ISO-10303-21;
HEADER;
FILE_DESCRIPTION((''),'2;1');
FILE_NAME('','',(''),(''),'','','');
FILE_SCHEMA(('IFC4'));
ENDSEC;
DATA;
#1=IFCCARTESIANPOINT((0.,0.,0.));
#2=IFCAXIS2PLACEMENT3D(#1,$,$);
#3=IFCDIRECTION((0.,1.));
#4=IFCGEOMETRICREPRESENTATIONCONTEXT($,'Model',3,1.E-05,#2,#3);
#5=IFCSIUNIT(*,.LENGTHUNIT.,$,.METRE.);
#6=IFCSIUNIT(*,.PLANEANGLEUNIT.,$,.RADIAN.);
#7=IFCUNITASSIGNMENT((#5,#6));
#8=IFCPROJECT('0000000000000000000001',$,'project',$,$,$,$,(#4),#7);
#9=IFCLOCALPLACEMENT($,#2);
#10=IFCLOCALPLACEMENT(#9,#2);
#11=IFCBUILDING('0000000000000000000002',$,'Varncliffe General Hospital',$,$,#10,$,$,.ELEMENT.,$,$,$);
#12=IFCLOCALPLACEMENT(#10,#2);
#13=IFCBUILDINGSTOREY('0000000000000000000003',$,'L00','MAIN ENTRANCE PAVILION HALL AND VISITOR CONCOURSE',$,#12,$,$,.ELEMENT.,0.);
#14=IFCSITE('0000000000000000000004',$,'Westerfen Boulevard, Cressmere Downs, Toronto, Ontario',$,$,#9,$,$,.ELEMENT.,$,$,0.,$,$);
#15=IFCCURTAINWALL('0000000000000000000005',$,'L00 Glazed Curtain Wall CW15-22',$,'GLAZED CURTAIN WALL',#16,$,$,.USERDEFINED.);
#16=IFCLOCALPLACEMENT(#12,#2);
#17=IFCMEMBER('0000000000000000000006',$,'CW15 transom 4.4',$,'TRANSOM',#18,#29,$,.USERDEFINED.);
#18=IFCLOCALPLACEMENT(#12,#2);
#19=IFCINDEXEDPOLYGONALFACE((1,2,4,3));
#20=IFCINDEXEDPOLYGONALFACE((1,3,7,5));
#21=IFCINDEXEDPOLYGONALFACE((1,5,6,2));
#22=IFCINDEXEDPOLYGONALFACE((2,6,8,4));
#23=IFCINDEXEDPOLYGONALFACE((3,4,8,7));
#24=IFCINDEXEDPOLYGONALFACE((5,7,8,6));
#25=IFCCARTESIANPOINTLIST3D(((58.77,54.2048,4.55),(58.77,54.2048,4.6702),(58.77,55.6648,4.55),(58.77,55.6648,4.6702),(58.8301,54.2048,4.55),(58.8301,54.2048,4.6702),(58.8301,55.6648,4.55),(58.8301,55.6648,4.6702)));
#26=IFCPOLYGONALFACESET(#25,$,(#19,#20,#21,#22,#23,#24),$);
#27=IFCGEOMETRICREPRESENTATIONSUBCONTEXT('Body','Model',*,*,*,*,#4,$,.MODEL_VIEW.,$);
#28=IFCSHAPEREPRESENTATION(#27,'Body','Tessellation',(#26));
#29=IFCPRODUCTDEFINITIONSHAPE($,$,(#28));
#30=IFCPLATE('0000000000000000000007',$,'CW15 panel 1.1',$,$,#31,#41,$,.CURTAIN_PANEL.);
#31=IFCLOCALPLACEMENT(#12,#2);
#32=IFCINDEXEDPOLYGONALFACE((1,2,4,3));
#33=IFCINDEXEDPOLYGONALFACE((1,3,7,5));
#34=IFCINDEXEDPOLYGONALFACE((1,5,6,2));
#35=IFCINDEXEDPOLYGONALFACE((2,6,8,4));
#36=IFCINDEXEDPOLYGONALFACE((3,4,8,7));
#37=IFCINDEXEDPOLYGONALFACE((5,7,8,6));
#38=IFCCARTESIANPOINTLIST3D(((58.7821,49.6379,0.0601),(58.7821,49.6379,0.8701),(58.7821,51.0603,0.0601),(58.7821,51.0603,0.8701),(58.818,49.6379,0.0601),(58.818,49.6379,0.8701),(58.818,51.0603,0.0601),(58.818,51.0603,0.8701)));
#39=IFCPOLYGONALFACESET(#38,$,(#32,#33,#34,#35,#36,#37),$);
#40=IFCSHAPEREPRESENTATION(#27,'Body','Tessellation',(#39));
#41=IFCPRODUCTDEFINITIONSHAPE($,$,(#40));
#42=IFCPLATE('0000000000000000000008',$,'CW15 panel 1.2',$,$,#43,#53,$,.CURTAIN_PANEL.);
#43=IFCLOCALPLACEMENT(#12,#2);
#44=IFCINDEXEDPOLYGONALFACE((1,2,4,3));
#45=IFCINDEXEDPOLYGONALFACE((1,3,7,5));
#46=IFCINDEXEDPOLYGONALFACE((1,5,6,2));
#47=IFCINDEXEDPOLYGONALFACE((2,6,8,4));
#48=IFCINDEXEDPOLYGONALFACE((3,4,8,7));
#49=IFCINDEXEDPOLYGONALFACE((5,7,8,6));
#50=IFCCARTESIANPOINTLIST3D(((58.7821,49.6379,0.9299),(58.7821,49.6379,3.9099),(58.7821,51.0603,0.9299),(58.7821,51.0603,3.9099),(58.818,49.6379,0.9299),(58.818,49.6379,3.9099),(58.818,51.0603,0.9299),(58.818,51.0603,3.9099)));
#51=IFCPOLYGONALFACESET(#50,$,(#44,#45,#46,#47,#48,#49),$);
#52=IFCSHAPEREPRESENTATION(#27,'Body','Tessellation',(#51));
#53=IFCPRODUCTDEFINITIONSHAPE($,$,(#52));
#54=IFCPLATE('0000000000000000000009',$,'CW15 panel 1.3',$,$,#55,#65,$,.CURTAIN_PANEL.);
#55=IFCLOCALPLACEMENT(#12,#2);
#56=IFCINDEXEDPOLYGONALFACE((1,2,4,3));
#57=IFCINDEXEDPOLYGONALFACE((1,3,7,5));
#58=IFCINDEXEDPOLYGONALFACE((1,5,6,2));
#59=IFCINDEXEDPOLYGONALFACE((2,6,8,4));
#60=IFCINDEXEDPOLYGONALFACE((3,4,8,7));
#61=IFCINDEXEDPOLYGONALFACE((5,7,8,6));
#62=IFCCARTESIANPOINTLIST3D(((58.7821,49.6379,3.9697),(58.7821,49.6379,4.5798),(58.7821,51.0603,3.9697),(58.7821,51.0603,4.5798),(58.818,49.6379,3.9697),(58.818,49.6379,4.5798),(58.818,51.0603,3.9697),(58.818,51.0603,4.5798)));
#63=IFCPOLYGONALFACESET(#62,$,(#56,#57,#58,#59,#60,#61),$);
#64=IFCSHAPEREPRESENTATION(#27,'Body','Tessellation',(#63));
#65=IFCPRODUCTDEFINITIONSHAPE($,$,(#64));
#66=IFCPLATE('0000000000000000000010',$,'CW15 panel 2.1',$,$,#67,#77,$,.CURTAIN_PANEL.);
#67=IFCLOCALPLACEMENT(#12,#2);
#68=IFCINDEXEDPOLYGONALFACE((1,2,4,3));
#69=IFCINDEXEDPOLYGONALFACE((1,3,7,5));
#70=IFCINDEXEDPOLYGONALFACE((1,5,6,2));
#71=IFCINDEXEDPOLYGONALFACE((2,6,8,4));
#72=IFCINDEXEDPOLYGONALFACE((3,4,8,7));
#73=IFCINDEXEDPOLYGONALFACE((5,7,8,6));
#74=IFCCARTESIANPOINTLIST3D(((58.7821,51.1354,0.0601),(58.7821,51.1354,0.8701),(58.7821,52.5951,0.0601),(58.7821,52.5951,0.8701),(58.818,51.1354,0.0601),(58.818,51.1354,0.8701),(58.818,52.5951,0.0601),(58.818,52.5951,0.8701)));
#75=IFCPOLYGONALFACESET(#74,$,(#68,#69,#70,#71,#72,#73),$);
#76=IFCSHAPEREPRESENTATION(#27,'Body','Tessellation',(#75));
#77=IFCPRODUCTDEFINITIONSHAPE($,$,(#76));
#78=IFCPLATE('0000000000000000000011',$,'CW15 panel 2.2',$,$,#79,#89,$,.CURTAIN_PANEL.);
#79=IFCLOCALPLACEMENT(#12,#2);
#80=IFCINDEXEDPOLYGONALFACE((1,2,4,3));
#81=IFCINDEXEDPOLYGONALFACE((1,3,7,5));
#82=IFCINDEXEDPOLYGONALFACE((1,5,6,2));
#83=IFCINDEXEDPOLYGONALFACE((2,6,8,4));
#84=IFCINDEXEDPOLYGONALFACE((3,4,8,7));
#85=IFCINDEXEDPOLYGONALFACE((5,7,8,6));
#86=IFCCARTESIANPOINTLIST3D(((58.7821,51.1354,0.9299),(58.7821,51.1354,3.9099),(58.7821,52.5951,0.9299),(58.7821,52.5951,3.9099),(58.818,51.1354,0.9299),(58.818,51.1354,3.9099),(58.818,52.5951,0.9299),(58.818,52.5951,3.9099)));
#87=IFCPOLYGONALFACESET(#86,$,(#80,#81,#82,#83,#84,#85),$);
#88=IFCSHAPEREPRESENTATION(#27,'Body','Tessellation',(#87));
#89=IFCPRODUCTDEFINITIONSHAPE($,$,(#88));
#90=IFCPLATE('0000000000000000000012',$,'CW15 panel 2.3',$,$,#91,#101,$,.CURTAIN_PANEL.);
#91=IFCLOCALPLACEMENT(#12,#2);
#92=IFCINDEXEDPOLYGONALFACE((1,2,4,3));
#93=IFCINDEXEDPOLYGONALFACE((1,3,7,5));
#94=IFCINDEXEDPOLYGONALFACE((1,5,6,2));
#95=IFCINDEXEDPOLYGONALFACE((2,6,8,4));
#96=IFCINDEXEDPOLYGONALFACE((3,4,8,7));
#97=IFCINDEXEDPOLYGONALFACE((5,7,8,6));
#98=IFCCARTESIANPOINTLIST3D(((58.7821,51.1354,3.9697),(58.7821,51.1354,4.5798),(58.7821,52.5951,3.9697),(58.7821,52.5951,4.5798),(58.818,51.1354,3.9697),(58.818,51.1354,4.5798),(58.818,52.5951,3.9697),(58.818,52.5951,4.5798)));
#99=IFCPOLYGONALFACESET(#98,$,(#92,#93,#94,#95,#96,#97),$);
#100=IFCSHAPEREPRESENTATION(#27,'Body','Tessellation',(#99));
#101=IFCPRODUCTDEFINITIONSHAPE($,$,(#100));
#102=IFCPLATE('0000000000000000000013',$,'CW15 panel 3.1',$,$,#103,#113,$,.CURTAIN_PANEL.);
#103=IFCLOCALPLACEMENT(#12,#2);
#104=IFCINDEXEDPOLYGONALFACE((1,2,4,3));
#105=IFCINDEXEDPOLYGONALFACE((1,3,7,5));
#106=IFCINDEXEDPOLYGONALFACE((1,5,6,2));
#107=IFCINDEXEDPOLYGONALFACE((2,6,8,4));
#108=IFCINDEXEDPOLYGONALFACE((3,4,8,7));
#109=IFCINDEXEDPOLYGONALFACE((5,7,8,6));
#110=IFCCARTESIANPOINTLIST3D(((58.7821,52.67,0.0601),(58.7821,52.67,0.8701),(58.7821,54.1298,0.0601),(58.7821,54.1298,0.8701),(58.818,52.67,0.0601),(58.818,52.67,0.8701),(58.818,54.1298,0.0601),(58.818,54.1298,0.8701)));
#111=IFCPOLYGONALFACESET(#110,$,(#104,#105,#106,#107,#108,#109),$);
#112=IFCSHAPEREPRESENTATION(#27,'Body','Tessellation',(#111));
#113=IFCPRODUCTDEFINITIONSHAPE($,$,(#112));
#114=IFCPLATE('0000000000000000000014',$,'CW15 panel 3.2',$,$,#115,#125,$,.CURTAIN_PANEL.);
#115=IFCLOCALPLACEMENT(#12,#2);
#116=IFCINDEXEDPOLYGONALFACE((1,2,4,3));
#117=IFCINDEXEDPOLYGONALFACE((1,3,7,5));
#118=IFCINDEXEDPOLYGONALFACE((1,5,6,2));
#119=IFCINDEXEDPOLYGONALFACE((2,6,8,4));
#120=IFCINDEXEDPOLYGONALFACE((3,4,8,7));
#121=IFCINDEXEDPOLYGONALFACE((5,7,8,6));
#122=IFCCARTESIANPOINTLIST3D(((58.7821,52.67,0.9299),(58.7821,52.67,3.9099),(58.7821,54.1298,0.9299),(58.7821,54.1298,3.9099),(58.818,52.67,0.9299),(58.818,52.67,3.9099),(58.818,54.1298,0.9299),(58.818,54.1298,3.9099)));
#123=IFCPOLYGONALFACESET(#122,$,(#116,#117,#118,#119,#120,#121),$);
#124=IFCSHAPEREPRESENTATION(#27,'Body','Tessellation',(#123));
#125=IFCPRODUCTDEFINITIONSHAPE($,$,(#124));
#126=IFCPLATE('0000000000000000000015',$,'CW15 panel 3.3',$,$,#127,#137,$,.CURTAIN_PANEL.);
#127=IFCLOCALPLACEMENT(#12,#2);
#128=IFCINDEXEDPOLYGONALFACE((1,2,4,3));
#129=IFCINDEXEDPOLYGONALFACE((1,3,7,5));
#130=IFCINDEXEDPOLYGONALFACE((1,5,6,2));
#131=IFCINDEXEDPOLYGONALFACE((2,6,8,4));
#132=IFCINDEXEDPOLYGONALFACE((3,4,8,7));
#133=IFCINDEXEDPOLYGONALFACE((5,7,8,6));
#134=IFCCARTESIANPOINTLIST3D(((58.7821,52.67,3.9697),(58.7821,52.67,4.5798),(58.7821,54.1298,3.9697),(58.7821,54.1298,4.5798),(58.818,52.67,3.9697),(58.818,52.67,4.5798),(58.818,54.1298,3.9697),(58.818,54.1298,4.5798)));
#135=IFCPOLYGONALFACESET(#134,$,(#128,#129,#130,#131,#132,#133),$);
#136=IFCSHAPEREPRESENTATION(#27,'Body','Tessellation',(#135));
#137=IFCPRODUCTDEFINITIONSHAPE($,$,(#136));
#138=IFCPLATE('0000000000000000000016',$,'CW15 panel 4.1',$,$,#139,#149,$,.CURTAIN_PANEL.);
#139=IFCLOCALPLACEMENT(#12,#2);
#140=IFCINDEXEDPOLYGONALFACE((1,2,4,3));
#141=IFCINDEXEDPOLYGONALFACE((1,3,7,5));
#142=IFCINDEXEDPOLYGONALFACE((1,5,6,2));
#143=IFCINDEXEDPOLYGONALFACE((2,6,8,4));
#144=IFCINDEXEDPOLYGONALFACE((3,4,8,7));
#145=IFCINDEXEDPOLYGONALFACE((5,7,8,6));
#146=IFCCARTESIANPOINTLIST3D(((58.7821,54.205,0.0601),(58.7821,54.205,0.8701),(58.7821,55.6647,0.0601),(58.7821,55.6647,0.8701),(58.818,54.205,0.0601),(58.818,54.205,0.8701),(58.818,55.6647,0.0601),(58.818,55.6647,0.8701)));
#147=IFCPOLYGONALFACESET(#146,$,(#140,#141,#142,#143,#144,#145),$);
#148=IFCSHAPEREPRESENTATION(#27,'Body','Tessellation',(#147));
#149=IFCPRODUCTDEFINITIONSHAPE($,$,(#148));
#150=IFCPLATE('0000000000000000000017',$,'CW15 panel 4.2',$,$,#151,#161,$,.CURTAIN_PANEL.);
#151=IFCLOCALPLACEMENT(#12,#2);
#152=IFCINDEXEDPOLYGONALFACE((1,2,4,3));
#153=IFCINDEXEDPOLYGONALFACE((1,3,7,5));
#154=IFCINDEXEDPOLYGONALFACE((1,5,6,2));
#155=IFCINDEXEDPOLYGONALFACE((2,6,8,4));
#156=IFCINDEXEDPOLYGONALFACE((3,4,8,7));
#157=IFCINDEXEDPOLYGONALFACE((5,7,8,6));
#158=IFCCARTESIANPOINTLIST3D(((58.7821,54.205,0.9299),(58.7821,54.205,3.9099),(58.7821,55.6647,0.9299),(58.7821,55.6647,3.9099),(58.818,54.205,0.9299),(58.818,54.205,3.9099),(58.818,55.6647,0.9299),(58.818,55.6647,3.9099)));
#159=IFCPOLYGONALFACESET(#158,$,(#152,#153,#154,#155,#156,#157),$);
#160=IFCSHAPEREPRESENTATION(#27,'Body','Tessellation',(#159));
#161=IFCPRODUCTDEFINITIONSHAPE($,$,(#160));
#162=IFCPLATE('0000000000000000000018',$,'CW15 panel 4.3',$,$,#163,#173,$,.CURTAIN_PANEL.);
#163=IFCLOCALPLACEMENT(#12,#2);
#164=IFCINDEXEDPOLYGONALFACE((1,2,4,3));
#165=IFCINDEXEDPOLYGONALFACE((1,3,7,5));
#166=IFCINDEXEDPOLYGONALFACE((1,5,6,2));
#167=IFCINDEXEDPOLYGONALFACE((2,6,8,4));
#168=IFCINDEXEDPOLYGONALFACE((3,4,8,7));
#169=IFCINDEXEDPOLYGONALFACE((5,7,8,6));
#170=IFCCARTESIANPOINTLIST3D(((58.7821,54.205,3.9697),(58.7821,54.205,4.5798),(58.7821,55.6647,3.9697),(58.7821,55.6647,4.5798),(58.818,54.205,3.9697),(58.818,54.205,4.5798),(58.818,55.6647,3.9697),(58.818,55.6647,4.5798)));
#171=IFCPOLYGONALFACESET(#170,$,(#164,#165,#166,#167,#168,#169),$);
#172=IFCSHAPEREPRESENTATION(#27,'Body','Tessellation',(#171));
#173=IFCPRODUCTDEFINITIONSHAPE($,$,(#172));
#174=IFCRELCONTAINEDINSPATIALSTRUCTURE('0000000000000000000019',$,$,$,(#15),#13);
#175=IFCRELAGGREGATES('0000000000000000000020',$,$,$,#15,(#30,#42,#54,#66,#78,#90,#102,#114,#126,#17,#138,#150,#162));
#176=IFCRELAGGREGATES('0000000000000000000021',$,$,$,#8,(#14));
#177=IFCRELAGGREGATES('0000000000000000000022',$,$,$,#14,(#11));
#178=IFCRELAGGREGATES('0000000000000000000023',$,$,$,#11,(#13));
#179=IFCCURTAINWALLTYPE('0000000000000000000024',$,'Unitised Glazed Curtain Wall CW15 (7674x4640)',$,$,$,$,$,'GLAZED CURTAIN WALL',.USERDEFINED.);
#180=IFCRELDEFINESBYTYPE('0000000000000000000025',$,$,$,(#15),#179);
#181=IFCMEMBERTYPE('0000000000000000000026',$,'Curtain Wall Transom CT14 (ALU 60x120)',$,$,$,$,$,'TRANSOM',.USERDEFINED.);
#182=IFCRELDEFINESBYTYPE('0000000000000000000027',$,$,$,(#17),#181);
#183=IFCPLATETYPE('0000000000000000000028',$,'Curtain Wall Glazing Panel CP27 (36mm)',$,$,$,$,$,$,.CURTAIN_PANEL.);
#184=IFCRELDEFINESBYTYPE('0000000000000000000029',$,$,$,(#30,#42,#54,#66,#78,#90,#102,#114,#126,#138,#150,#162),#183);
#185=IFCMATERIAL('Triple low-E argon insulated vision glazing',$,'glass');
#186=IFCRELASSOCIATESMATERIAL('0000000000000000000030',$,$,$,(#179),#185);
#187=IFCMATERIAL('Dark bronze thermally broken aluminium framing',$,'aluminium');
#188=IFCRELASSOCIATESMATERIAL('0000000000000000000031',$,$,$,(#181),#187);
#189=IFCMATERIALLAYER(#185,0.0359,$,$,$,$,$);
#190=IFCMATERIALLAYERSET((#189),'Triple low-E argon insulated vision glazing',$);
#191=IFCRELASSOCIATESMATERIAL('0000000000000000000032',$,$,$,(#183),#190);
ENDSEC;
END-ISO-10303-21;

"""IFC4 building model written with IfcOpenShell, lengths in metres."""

from ifc_helpers import new_model, si_unit, direction, frame, origin, origin_2d, place, context, subcontext, project, spatial, rectangle, extrude, material, layer, layer_set, material_profile, profile_set, type_object, element, aggregate, save


model = new_model("IFC4")

# Units and contexts
model_context = context("Model", 3, precision=1e-05, world=origin(), true_north=direction((0.0, 1.0)))
body_context = subcontext(model_context, "Body", "Model", "MODEL_VIEW")
ifc_project = project(units=[si_unit("LENGTHUNIT", "METRE"), si_unit("PLANEANGLEUNIT", "RADIAN")], contexts=[model_context])

# Site, building, storey
site_placement = place(None, origin())
site = spatial("IfcSite", under=ifc_project, at=site_placement, Name="Westerfen Boulevard, Cressmere Downs, Toronto, Ontario", CompositionType="ELEMENT", RefElevation=0.0)
building_placement = place(site_placement, origin())
building = spatial("IfcBuilding", under=site, at=building_placement, Name="Varncliffe General Hospital", CompositionType="ELEMENT")
storey_placement = place(building_placement, origin())
storey = spatial("IfcBuildingStorey", under=building, at=storey_placement, Name="L00", Description="MAIN ENTRANCE PAVILION HALL AND VISITOR CONCOURSE", CompositionType="ELEMENT", Elevation=0.0)

# Curtain wall, member, plates
ifc_material_1 = material(Name="Triple low-E argon insulated vision glazing", Category="glass")
curtain_wall_type = type_object("IfcCurtainWallType", Name="Unitised Glazed Curtain Wall CW15 (7674x4640)", ElementType="GLAZED CURTAIN WALL", PredefinedType="USERDEFINED", material=ifc_material_1)
curtain_wall_placement = place(storey_placement, origin())
curtain_wall = element("IfcCurtainWall", 1, at=curtain_wall_placement, inside=storey, type_object=curtain_wall_type, Name="L00 Glazed Curtain Wall CW15-22", ObjectType="GLAZED CURTAIN WALL", PredefinedType="USERDEFINED")
ifc_material_2 = material(Name="Dark bronze thermally broken aluminium framing", Category="aluminium")
ifc_material_profile_1 = material_profile(ifc_material_2, rectangle(XDim=0.0601, YDim=0.1201, at=origin_2d()), Name="ALU 60x120")
ifc_profile_set_1 = profile_set([ifc_material_profile_1], Name="Dark bronze thermally broken aluminium framing")
member_type_1 = type_object("IfcMemberType", Name="Curtain Wall Transom CT14 (ALU 60x120)", ElementType="TRANSOM", PredefinedType="USERDEFINED", material=ifc_profile_set_1)
member_1_placement = place(storey_placement, frame((58.8, 54.2048, 4.6101), z_axis=(0.0, 1.0, 0.0), x_axis=(-1.0, 0.0, 0.0)))
member_1 = element("IfcMember", 2, at=member_1_placement, type_object=member_type_1, Name="CW15 transom 4.4", ObjectType="TRANSOM", PredefinedType="USERDEFINED", context=body_context, shape_type="SweptSolid", body=[
    extrude(rectangle(XDim=0.0601, YDim=0.1201, at=origin_2d()), origin(), (0.0, 0.0, 1.0), 1.46),
])
ifc_layer = layer(ifc_material_1, 0.0359)
ifc_layer_set = layer_set([ifc_layer], Name="Triple low-E argon insulated vision glazing")
plate_type = type_object("IfcPlateType", Name="Curtain Wall Glazing Panel CP27 (36mm)", PredefinedType="CURTAIN_PANEL", material=ifc_layer_set)
plate_1_placement = place(storey_placement, frame((58.8, 50.3491, 0.0601), z_axis=(0.0, 0.0, 1.0), x_axis=(0.0, 1.0, 0.0)))
plate_1 = element("IfcPlate", 3, at=plate_1_placement, type_object=plate_type, Name="CW15 panel 1.1", PredefinedType="CURTAIN_PANEL", context=body_context, shape_type="SweptSolid", body=[
    extrude(rectangle(XDim=1.4224, YDim=0.0359, at=origin_2d()), origin(), (0.0, 0.0, 1.0), 0.8101),
])
plate_2_placement = place(storey_placement, frame((58.8, 50.3491, 0.9299), z_axis=(0.0, 0.0, 1.0), x_axis=(0.0, 1.0, 0.0)))
plate_2 = element("IfcPlate", 4, at=plate_2_placement, type_object=plate_type, Name="CW15 panel 1.2", PredefinedType="CURTAIN_PANEL", context=body_context, shape_type="SweptSolid", body=[
    extrude(rectangle(XDim=1.4224, YDim=0.0359, at=origin_2d()), origin(), (0.0, 0.0, 1.0), 2.98),
])
plate_3_placement = place(storey_placement, frame((58.8, 50.3491, 3.9697), z_axis=(0.0, 0.0, 1.0), x_axis=(0.0, 1.0, 0.0)))
plate_3 = element("IfcPlate", 5, at=plate_3_placement, type_object=plate_type, Name="CW15 panel 1.3", PredefinedType="CURTAIN_PANEL", context=body_context, shape_type="SweptSolid", body=[
    extrude(rectangle(XDim=1.4224, YDim=0.0359, at=origin_2d()), origin(), (0.0, 0.0, 1.0), 0.6101),
])
plate_4_placement = place(storey_placement, frame((58.8, 51.8652, 0.0601), z_axis=(0.0, 0.0, 1.0), x_axis=(0.0, 1.0, 0.0)))
plate_4 = element("IfcPlate", 6, at=plate_4_placement, type_object=plate_type, Name="CW15 panel 2.1", PredefinedType="CURTAIN_PANEL", context=body_context, shape_type="SweptSolid", body=[
    extrude(rectangle(XDim=1.4597, YDim=0.0359, at=origin_2d()), origin(), (0.0, 0.0, 1.0), 0.8101),
])
plate_5_placement = place(storey_placement, frame((58.8, 51.8652, 0.9299), z_axis=(0.0, 0.0, 1.0), x_axis=(0.0, 1.0, 0.0)))
plate_5 = element("IfcPlate", 7, at=plate_5_placement, type_object=plate_type, Name="CW15 panel 2.2", PredefinedType="CURTAIN_PANEL", context=body_context, shape_type="SweptSolid", body=[
    extrude(rectangle(XDim=1.4597, YDim=0.0359, at=origin_2d()), origin(), (0.0, 0.0, 1.0), 2.98),
])
plate_6_placement = place(storey_placement, frame((58.8, 51.8652, 3.9697), z_axis=(0.0, 0.0, 1.0), x_axis=(0.0, 1.0, 0.0)))
plate_6 = element("IfcPlate", 8, at=plate_6_placement, type_object=plate_type, Name="CW15 panel 2.3", PredefinedType="CURTAIN_PANEL", context=body_context, shape_type="SweptSolid", body=[
    extrude(rectangle(XDim=1.4597, YDim=0.0359, at=origin_2d()), origin(), (0.0, 0.0, 1.0), 0.6101),
])
plate_7_placement = place(storey_placement, frame((58.8, 53.3999, 0.0601), z_axis=(0.0, 0.0, 1.0), x_axis=(0.0, 1.0, 0.0)))
plate_7 = element("IfcPlate", 9, at=plate_7_placement, type_object=plate_type, Name="CW15 panel 3.1", PredefinedType="CURTAIN_PANEL", context=body_context, shape_type="SweptSolid", body=[
    extrude(rectangle(XDim=1.4597, YDim=0.0359, at=origin_2d()), origin(), (0.0, 0.0, 1.0), 0.8101),
])
plate_8_placement = place(storey_placement, frame((58.8, 53.3999, 0.9299), z_axis=(0.0, 0.0, 1.0), x_axis=(0.0, 1.0, 0.0)))
plate_8 = element("IfcPlate", 10, at=plate_8_placement, type_object=plate_type, Name="CW15 panel 3.2", PredefinedType="CURTAIN_PANEL", context=body_context, shape_type="SweptSolid", body=[
    extrude(rectangle(XDim=1.4597, YDim=0.0359, at=origin_2d()), origin(), (0.0, 0.0, 1.0), 2.98),
])
plate_9_placement = place(storey_placement, frame((58.8, 53.3999, 3.9697), z_axis=(0.0, 0.0, 1.0), x_axis=(0.0, 1.0, 0.0)))
plate_9 = element("IfcPlate", 11, at=plate_9_placement, type_object=plate_type, Name="CW15 panel 3.3", PredefinedType="CURTAIN_PANEL", context=body_context, shape_type="SweptSolid", body=[
    extrude(rectangle(XDim=1.4597, YDim=0.0359, at=origin_2d()), origin(), (0.0, 0.0, 1.0), 0.6101),
])
plate_10_placement = place(storey_placement, frame((58.8, 54.9348, 0.0601), z_axis=(0.0, 0.0, 1.0), x_axis=(0.0, 1.0, 0.0)))
plate_10 = element("IfcPlate", 12, at=plate_10_placement, type_object=plate_type, Name="CW15 panel 4.1", PredefinedType="CURTAIN_PANEL", context=body_context, shape_type="SweptSolid", body=[
    extrude(rectangle(XDim=1.4597, YDim=0.0359, at=origin_2d()), origin(), (0.0, 0.0, 1.0), 0.8101),
])
plate_11_placement = place(storey_placement, frame((58.8, 54.9348, 0.9299), z_axis=(0.0, 0.0, 1.0), x_axis=(0.0, 1.0, 0.0)))
plate_11 = element("IfcPlate", 13, at=plate_11_placement, type_object=plate_type, Name="CW15 panel 4.2", PredefinedType="CURTAIN_PANEL", context=body_context, shape_type="SweptSolid", body=[
    extrude(rectangle(XDim=1.4597, YDim=0.0359, at=origin_2d()), origin(), (0.0, 0.0, 1.0), 2.98),
])
plate_12_placement = place(storey_placement, frame((58.8, 54.9348, 3.9697), z_axis=(0.0, 0.0, 1.0), x_axis=(0.0, 1.0, 0.0)))
plate_12 = element("IfcPlate", 14, at=plate_12_placement, type_object=plate_type, Name="CW15 panel 4.3", PredefinedType="CURTAIN_PANEL", context=body_context, shape_type="SweptSolid", body=[
    extrude(rectangle(XDim=1.4597, YDim=0.0359, at=origin_2d()), origin(), (0.0, 0.0, 1.0), 0.6101),
])
aggregate(curtain_wall, [plate_1, plate_2, plate_3, plate_4, plate_5, plate_6, plate_7, plate_8, plate_9, member_1, plate_10, plate_11, plate_12])

save(model, "model.ifc")
